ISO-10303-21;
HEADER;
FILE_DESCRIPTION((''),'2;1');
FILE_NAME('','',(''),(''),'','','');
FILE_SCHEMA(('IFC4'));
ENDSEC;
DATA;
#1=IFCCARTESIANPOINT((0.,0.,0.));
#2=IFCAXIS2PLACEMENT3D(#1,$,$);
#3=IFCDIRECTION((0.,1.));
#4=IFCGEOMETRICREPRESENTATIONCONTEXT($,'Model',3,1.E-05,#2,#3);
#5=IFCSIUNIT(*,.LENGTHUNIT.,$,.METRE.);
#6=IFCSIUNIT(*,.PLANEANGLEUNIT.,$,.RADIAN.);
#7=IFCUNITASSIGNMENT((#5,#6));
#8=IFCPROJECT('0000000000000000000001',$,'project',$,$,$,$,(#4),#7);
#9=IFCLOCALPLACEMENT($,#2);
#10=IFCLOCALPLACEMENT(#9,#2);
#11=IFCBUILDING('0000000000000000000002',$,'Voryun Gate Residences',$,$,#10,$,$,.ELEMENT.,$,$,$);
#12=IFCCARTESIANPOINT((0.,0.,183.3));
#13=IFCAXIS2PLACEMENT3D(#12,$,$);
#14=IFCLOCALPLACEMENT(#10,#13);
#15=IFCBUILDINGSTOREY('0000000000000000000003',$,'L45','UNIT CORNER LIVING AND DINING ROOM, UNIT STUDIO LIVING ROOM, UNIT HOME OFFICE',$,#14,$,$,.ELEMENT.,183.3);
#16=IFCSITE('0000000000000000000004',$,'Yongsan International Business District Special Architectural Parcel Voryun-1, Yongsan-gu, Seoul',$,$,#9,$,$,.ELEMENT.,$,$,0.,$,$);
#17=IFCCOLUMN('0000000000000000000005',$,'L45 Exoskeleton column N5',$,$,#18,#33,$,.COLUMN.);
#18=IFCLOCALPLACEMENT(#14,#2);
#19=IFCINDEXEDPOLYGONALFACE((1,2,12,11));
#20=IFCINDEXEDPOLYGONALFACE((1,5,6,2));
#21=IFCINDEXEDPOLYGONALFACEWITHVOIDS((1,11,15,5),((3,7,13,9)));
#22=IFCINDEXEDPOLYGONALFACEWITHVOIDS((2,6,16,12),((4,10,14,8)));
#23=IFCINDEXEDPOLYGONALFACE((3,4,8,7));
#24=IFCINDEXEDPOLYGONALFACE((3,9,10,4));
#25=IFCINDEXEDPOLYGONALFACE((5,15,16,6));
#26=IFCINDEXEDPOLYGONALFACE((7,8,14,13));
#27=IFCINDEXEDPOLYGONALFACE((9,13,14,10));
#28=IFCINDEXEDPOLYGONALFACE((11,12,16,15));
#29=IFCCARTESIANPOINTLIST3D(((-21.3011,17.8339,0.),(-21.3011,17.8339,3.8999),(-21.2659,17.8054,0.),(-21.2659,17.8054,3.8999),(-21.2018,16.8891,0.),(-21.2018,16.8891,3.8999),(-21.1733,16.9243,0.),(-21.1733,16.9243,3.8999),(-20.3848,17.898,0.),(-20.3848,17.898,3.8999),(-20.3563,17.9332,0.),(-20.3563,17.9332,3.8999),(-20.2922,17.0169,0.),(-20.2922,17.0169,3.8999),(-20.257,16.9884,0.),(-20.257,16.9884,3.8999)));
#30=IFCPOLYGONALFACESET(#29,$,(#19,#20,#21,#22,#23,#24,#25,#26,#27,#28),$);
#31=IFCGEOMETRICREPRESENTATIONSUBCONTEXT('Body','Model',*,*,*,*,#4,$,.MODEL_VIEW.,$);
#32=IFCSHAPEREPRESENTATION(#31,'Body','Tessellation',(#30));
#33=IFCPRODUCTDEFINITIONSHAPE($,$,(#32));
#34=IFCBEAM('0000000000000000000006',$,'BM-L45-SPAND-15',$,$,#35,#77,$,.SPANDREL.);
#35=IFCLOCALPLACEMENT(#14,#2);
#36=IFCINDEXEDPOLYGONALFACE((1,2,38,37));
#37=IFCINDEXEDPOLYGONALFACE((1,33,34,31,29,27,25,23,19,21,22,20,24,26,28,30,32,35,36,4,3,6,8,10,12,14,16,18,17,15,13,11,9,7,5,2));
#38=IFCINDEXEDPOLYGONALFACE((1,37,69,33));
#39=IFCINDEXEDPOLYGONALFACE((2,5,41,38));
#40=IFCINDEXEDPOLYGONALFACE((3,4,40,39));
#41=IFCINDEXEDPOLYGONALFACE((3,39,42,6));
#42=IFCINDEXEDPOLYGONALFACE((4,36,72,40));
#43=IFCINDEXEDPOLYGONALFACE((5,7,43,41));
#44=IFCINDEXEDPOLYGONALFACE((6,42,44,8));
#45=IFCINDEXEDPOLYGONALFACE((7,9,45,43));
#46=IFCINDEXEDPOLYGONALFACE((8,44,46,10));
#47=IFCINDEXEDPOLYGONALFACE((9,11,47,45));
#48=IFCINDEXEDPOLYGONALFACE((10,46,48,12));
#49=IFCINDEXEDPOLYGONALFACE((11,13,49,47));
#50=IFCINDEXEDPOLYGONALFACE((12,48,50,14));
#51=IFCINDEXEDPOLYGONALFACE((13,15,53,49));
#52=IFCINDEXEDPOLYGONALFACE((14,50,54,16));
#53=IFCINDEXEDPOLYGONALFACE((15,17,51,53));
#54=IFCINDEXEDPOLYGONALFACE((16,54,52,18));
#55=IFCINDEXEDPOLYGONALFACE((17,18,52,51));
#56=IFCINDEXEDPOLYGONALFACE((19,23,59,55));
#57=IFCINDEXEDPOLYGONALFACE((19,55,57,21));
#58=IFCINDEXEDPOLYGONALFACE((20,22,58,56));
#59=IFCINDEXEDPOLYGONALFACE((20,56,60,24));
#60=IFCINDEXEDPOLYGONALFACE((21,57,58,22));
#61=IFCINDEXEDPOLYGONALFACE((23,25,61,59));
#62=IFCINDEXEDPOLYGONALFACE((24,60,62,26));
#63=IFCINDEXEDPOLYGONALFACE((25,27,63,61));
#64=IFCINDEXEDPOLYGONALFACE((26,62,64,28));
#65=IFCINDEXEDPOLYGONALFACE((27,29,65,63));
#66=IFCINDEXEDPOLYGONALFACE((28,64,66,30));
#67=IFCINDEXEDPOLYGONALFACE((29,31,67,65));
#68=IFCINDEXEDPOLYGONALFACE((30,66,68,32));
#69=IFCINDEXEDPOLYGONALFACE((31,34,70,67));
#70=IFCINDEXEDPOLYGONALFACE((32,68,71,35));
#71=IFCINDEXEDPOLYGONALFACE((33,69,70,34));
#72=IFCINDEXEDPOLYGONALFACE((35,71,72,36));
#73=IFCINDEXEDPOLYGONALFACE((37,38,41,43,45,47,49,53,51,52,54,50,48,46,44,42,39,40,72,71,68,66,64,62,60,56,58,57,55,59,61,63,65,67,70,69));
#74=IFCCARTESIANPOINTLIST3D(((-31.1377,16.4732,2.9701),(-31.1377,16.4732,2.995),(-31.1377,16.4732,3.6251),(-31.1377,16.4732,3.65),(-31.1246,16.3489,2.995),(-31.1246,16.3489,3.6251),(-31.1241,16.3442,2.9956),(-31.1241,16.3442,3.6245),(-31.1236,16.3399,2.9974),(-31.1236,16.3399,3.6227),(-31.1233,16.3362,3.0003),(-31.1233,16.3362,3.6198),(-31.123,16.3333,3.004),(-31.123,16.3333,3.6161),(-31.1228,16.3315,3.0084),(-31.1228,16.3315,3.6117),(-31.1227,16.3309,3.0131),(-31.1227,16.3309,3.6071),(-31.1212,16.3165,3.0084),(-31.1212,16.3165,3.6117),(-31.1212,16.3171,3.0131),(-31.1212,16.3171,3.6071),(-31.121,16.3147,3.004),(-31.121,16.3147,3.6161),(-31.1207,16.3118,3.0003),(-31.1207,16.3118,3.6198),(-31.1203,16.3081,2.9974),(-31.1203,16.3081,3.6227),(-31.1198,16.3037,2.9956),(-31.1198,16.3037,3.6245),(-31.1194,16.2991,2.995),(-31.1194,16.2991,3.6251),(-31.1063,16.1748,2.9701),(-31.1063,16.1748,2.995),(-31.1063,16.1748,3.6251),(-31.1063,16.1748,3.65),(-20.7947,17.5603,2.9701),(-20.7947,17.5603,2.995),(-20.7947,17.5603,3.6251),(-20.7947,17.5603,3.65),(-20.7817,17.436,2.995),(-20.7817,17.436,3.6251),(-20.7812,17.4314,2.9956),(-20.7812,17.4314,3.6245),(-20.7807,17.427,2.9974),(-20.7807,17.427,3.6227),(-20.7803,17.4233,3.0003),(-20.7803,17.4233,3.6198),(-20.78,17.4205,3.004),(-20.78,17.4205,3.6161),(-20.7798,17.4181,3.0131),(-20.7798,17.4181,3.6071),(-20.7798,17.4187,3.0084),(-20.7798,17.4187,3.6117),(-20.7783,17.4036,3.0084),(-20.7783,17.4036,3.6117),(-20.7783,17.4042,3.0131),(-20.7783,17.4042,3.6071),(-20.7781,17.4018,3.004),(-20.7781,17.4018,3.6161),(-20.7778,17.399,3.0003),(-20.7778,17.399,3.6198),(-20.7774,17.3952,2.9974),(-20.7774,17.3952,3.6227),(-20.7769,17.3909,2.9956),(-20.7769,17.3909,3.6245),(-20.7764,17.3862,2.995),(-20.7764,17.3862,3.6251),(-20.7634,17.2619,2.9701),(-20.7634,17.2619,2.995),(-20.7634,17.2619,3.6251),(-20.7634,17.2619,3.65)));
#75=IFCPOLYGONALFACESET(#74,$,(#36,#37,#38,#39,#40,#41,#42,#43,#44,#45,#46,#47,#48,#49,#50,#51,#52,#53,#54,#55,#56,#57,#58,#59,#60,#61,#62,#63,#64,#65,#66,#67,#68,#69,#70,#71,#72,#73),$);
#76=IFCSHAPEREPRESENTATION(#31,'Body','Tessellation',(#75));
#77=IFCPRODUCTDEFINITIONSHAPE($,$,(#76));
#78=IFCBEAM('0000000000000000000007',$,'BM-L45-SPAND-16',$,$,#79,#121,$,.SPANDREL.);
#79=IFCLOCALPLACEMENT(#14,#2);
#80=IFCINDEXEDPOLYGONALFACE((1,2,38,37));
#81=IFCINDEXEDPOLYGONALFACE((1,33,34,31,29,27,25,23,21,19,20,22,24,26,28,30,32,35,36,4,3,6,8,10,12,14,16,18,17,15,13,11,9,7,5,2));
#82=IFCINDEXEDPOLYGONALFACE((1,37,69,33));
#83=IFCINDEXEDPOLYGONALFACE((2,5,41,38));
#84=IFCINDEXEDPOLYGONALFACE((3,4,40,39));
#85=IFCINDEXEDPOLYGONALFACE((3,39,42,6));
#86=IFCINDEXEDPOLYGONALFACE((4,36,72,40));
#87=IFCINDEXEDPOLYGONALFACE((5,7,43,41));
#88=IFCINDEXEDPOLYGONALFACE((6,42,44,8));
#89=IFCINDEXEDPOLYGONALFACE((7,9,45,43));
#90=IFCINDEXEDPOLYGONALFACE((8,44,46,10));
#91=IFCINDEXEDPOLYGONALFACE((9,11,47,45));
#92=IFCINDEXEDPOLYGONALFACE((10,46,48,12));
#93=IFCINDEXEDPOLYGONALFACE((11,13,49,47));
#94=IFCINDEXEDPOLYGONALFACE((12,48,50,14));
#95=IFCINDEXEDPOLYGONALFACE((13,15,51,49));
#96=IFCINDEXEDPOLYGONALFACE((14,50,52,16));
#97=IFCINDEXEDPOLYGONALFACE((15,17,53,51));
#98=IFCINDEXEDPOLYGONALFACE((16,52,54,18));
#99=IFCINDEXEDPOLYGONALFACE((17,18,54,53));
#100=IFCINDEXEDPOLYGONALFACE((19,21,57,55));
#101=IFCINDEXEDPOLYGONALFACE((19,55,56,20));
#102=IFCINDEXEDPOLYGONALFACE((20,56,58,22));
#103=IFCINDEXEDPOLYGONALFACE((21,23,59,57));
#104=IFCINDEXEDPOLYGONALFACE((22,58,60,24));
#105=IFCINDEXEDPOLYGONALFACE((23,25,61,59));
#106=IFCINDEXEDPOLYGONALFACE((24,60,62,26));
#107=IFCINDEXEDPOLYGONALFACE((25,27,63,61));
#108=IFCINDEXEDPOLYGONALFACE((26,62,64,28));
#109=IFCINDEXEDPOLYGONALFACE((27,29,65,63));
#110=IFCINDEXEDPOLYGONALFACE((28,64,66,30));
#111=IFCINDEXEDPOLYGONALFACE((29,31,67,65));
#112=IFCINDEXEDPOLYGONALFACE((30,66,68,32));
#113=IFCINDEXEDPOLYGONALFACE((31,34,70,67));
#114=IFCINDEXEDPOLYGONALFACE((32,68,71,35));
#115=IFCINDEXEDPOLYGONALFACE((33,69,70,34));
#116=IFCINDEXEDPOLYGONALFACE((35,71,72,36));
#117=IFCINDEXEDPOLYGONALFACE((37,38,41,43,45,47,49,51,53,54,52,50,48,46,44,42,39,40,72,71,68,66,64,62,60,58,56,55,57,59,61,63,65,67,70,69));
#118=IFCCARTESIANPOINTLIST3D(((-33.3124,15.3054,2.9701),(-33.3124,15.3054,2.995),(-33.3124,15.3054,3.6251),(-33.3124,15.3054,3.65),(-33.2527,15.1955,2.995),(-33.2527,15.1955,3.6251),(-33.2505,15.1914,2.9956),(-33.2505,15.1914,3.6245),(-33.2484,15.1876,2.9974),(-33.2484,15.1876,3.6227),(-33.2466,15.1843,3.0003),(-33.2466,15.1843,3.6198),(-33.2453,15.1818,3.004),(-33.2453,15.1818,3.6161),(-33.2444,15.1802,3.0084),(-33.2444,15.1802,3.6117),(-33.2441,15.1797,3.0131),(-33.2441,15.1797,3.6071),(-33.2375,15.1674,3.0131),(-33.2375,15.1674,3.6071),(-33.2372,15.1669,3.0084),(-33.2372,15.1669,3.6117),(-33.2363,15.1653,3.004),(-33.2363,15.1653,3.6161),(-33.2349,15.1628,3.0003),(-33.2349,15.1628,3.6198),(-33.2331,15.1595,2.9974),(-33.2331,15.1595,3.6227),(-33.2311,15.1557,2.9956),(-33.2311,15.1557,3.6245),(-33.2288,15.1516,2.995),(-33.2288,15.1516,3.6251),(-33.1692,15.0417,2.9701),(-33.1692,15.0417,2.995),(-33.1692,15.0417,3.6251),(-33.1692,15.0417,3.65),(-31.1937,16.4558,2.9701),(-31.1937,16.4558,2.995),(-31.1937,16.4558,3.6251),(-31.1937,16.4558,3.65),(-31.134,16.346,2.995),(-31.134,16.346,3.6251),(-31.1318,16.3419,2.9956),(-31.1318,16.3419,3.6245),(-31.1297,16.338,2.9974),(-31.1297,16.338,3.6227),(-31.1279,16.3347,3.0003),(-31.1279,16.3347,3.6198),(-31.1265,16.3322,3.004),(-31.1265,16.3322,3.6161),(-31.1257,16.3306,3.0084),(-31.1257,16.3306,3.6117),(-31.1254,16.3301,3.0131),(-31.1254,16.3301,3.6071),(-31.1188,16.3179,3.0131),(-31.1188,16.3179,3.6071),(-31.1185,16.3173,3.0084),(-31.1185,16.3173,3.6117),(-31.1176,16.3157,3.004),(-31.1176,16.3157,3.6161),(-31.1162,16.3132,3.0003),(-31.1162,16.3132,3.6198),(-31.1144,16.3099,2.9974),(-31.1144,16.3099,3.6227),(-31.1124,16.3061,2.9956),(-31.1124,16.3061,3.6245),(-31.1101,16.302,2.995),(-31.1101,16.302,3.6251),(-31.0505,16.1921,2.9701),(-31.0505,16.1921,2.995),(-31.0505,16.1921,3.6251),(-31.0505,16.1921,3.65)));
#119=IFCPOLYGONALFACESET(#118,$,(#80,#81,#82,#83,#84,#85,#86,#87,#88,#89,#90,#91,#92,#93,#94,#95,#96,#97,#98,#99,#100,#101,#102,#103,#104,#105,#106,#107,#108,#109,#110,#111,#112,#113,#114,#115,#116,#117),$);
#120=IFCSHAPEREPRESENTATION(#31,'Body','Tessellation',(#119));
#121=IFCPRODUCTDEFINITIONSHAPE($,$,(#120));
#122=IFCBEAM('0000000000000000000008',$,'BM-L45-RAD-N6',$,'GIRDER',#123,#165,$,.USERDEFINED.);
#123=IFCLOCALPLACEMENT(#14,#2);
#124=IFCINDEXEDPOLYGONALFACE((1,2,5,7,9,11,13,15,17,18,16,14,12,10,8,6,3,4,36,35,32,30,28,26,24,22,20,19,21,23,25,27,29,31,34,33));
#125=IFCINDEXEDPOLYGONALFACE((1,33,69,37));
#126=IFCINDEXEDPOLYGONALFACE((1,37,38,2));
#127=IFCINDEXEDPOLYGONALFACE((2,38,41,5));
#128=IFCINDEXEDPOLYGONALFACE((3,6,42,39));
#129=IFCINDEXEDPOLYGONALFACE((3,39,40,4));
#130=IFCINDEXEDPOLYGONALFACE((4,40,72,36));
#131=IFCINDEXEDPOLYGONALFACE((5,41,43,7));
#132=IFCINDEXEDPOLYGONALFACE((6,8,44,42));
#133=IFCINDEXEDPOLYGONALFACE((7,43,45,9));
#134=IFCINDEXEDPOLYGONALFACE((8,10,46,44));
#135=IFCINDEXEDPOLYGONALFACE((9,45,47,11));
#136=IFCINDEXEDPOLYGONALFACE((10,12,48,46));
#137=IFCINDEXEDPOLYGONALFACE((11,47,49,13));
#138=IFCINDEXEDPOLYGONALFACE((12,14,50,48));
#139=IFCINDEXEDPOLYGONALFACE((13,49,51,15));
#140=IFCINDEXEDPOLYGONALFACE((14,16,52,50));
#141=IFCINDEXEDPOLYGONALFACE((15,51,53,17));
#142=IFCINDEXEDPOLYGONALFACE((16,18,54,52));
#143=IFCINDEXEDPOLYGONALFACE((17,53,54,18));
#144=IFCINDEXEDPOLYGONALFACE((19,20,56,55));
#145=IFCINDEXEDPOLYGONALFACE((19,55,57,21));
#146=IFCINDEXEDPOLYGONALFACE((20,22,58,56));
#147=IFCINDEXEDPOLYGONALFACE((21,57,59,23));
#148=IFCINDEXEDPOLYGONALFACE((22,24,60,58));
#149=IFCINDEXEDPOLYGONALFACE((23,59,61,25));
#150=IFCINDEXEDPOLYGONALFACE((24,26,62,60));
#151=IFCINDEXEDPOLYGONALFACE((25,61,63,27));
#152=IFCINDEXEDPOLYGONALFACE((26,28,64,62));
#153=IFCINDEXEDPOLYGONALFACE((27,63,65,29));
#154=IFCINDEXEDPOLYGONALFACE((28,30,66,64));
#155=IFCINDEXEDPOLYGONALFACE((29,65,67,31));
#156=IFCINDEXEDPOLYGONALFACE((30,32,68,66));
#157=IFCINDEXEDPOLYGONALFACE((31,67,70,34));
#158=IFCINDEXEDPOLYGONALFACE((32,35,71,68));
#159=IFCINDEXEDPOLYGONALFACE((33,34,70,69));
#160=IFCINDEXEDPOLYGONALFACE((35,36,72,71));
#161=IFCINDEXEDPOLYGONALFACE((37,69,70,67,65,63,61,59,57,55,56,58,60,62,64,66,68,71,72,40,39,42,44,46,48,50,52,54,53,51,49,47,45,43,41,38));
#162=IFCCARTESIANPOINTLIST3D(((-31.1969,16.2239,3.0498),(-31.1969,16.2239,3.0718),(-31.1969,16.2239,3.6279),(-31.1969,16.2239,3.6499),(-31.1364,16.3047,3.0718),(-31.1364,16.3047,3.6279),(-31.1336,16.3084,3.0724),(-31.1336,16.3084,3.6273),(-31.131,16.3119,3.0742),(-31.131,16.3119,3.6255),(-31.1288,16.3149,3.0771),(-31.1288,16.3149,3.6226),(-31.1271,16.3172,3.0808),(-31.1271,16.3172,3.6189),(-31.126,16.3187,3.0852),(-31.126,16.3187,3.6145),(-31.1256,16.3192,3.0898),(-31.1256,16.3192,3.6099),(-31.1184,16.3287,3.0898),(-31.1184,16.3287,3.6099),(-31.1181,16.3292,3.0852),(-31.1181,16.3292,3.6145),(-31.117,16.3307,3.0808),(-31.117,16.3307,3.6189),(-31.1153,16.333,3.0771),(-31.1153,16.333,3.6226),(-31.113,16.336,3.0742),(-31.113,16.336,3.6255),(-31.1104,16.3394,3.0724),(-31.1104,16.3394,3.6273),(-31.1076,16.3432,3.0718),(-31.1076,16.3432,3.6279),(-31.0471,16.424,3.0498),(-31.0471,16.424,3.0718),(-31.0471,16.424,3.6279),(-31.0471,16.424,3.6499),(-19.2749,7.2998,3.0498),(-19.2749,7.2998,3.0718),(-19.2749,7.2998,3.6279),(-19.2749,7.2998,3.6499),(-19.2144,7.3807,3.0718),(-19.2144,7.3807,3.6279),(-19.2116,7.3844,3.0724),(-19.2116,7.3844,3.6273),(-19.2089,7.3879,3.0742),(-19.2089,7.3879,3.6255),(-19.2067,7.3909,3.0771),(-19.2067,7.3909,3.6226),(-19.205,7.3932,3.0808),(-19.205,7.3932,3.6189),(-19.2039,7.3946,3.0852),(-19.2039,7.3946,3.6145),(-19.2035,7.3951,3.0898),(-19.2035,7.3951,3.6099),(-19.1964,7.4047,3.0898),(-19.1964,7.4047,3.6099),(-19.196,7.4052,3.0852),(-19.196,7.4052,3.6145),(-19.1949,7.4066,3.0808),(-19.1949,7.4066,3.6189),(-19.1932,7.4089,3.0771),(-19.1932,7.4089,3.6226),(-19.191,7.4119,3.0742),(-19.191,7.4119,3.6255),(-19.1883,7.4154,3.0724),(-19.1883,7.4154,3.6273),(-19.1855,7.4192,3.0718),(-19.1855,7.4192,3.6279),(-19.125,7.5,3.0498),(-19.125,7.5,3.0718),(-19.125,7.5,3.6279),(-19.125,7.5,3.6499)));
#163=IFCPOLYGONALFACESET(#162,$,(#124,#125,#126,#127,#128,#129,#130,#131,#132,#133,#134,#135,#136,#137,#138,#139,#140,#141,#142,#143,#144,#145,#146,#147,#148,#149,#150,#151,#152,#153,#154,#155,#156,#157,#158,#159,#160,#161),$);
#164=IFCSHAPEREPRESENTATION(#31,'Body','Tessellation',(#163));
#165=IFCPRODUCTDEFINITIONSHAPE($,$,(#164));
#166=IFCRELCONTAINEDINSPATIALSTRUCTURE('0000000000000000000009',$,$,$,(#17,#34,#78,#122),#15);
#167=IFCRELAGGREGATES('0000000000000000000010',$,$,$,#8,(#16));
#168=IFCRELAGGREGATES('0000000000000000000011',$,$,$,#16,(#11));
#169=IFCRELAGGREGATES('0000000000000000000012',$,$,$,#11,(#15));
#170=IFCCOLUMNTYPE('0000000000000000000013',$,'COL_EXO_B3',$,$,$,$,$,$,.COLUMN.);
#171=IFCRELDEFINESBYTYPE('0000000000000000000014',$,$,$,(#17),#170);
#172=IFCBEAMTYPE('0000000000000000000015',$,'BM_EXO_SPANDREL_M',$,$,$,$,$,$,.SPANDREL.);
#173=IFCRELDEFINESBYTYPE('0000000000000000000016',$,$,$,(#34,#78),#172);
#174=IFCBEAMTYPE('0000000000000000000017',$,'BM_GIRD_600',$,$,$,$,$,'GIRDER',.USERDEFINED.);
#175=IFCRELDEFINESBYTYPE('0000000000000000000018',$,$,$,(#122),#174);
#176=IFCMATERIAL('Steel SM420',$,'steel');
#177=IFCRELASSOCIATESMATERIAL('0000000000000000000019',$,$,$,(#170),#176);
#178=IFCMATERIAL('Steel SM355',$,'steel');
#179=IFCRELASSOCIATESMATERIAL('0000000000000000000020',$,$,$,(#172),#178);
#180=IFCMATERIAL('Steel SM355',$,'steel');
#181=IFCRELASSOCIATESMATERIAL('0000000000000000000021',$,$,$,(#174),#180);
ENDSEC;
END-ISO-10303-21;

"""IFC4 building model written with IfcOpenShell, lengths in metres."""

from ifc_helpers import new_model, si_unit, direction, frame, origin, origin_2d, place, context, subcontext, project, spatial, hollow_rectangle, i_section, extrude, material, material_profile, profile_set, type_object, element, save


model = new_model("IFC4")

# Units and contexts
model_context = context("Model", 3, precision=1e-05, world=origin(), true_north=direction((0.0, 1.0)))
body_context = subcontext(model_context, "Body", "Model", "MODEL_VIEW")
ifc_project = project(units=[si_unit("LENGTHUNIT", "METRE"), si_unit("PLANEANGLEUNIT", "RADIAN")], contexts=[model_context])

# Site, building, storey
site_placement = place(None, origin())
site = spatial("IfcSite", under=ifc_project, at=site_placement, Name="Yongsan International Business District Special Architectural Parcel Voryun-1, Yongsan-gu, Seoul", CompositionType="ELEMENT", RefElevation=0.0)
building_placement = place(site_placement, origin())
building = spatial("IfcBuilding", under=site, at=building_placement, Name="Voryun Gate Residences", CompositionType="ELEMENT")
storey_placement = place(building_placement, frame((0.0, 0.0, 183.3)))
storey = spatial("IfcBuildingStorey", under=building, at=storey_placement, Name="L45", Description="UNIT CORNER LIVING AND DINING ROOM, UNIT STUDIO LIVING ROOM, UNIT HOME OFFICE", CompositionType="ELEMENT", Elevation=183.3)

# Column
ifc_material_1 = material(Name="Steel SM420", Category="steel")
ifc_material_profile_1 = material_profile(ifc_material_1, hollow_rectangle(XDim=0.95, YDim=0.95, WallThickness=0.032, at=origin_2d()), Name="BOX-950x950x32")
ifc_profile_set_1 = profile_set([ifc_material_profile_1], Name="Steel SM420")
column_type = type_object("IfcColumnType", Name="COL_EXO_B3", PredefinedType="COLUMN", material=ifc_profile_set_1)
column_placement = place(storey_placement, frame((-20.7791, 17.4111, 0.0), z_axis=(0.0, 0.0, 1.0), x_axis=(0.994522, 0.104528, 0.0)))
element("IfcColumn", 1, at=column_placement, inside=storey, type_object=column_type, Name="L45 Exoskeleton column N5", PredefinedType="COLUMN", context=body_context, shape_type="SweptSolid", body=[
    extrude(hollow_rectangle(XDim=0.95, YDim=0.95, WallThickness=0.032, at=origin_2d()), origin(), (0.0, 0.0, 1.0), 3.8999),
])

# Beams
ifc_material_2 = material(Name="Steel SM355", Category="steel")
ifc_material_profile_2 = material_profile(ifc_material_2, i_section(OverallWidth=0.3, OverallDepth=0.6799, WebThickness=0.0139, FlangeThickness=0.0249, FilletRadius=0.0181, at=origin_2d()), Name="H-680x300x14x25")
ifc_profile_set_2 = profile_set([ifc_material_profile_2], Name="Steel SM355")
beam_type_1 = type_object("IfcBeamType", Name="BM_EXO_SPANDREL_M", PredefinedType="SPANDREL", material=ifc_profile_set_2)
beam_1_placement = place(storey_placement, frame((-20.7791, 17.4111, 3.3101), z_axis=(-0.994521, -0.104534, 0.0), x_axis=(0.104534, -0.994521, 0.0)))
element("IfcBeam", 2, at=beam_1_placement, inside=storey, type_object=beam_type_1, Name="BM-L45-SPAND-15", PredefinedType="SPANDREL", context=body_context, shape_type="SweptSolid", body=[
    extrude(i_section(OverallWidth=0.3, OverallDepth=0.6799, WebThickness=0.0139, FlangeThickness=0.0249, FilletRadius=0.0181, at=origin_2d()), origin(), (0.0, 0.0, 1.0), 10.3999),
])
beam_2_placement = place(storey_placement, frame((-31.1221, 16.324, 3.3101), z_axis=(-0.878807, -0.477177, 0.0), x_axis=(0.477177, -0.878807, 0.0)))
element("IfcBeam", 3, at=beam_2_placement, inside=storey, type_object=beam_type_1, Name="BM-L45-SPAND-16", PredefinedType="SPANDREL", context=body_context, shape_type="SweptSolid", body=[
    extrude(i_section(OverallWidth=0.3, OverallDepth=0.6799, WebThickness=0.0139, FlangeThickness=0.0249, FilletRadius=0.0181, at=origin_2d()), origin(), (0.0, 0.0, 1.0), 2.4109),
])
ifc_material_3 = material(Name="Steel SM355", Category="steel")
ifc_material_profile_3 = material_profile(ifc_material_3, i_section(OverallWidth=0.25, OverallDepth=0.6001, WebThickness=0.012, FlangeThickness=0.022, FilletRadius=0.0181, at=origin_2d()), Name="H-600x250x12x22")
ifc_profile_set_3 = profile_set([ifc_material_profile_3], Name="Steel SM355")
beam_type_2 = type_object("IfcBeamType", Name="BM_GIRD_600", ElementType="GIRDER", PredefinedType="USERDEFINED", material=ifc_profile_set_3)
beam_3_placement = place(storey_placement, frame((-19.2, 7.3999, 3.3499), z_axis=(-0.800564, 0.599247, 0.0), x_axis=(-0.599247, -0.800564, 0.0)))
element("IfcBeam", 4, at=beam_3_placement, inside=storey, type_object=beam_type_2, Name="BM-L45-RAD-N6", ObjectType="GIRDER", PredefinedType="USERDEFINED", context=body_context, shape_type="SweptSolid", body=[
    extrude(i_section(OverallWidth=0.25, OverallDepth=0.6001, WebThickness=0.012, FlangeThickness=0.022, FilletRadius=0.0181, at=origin_2d()), origin(), (0.0, 0.0, 1.0), 14.8921),
])

save(model, "model.ifc")
